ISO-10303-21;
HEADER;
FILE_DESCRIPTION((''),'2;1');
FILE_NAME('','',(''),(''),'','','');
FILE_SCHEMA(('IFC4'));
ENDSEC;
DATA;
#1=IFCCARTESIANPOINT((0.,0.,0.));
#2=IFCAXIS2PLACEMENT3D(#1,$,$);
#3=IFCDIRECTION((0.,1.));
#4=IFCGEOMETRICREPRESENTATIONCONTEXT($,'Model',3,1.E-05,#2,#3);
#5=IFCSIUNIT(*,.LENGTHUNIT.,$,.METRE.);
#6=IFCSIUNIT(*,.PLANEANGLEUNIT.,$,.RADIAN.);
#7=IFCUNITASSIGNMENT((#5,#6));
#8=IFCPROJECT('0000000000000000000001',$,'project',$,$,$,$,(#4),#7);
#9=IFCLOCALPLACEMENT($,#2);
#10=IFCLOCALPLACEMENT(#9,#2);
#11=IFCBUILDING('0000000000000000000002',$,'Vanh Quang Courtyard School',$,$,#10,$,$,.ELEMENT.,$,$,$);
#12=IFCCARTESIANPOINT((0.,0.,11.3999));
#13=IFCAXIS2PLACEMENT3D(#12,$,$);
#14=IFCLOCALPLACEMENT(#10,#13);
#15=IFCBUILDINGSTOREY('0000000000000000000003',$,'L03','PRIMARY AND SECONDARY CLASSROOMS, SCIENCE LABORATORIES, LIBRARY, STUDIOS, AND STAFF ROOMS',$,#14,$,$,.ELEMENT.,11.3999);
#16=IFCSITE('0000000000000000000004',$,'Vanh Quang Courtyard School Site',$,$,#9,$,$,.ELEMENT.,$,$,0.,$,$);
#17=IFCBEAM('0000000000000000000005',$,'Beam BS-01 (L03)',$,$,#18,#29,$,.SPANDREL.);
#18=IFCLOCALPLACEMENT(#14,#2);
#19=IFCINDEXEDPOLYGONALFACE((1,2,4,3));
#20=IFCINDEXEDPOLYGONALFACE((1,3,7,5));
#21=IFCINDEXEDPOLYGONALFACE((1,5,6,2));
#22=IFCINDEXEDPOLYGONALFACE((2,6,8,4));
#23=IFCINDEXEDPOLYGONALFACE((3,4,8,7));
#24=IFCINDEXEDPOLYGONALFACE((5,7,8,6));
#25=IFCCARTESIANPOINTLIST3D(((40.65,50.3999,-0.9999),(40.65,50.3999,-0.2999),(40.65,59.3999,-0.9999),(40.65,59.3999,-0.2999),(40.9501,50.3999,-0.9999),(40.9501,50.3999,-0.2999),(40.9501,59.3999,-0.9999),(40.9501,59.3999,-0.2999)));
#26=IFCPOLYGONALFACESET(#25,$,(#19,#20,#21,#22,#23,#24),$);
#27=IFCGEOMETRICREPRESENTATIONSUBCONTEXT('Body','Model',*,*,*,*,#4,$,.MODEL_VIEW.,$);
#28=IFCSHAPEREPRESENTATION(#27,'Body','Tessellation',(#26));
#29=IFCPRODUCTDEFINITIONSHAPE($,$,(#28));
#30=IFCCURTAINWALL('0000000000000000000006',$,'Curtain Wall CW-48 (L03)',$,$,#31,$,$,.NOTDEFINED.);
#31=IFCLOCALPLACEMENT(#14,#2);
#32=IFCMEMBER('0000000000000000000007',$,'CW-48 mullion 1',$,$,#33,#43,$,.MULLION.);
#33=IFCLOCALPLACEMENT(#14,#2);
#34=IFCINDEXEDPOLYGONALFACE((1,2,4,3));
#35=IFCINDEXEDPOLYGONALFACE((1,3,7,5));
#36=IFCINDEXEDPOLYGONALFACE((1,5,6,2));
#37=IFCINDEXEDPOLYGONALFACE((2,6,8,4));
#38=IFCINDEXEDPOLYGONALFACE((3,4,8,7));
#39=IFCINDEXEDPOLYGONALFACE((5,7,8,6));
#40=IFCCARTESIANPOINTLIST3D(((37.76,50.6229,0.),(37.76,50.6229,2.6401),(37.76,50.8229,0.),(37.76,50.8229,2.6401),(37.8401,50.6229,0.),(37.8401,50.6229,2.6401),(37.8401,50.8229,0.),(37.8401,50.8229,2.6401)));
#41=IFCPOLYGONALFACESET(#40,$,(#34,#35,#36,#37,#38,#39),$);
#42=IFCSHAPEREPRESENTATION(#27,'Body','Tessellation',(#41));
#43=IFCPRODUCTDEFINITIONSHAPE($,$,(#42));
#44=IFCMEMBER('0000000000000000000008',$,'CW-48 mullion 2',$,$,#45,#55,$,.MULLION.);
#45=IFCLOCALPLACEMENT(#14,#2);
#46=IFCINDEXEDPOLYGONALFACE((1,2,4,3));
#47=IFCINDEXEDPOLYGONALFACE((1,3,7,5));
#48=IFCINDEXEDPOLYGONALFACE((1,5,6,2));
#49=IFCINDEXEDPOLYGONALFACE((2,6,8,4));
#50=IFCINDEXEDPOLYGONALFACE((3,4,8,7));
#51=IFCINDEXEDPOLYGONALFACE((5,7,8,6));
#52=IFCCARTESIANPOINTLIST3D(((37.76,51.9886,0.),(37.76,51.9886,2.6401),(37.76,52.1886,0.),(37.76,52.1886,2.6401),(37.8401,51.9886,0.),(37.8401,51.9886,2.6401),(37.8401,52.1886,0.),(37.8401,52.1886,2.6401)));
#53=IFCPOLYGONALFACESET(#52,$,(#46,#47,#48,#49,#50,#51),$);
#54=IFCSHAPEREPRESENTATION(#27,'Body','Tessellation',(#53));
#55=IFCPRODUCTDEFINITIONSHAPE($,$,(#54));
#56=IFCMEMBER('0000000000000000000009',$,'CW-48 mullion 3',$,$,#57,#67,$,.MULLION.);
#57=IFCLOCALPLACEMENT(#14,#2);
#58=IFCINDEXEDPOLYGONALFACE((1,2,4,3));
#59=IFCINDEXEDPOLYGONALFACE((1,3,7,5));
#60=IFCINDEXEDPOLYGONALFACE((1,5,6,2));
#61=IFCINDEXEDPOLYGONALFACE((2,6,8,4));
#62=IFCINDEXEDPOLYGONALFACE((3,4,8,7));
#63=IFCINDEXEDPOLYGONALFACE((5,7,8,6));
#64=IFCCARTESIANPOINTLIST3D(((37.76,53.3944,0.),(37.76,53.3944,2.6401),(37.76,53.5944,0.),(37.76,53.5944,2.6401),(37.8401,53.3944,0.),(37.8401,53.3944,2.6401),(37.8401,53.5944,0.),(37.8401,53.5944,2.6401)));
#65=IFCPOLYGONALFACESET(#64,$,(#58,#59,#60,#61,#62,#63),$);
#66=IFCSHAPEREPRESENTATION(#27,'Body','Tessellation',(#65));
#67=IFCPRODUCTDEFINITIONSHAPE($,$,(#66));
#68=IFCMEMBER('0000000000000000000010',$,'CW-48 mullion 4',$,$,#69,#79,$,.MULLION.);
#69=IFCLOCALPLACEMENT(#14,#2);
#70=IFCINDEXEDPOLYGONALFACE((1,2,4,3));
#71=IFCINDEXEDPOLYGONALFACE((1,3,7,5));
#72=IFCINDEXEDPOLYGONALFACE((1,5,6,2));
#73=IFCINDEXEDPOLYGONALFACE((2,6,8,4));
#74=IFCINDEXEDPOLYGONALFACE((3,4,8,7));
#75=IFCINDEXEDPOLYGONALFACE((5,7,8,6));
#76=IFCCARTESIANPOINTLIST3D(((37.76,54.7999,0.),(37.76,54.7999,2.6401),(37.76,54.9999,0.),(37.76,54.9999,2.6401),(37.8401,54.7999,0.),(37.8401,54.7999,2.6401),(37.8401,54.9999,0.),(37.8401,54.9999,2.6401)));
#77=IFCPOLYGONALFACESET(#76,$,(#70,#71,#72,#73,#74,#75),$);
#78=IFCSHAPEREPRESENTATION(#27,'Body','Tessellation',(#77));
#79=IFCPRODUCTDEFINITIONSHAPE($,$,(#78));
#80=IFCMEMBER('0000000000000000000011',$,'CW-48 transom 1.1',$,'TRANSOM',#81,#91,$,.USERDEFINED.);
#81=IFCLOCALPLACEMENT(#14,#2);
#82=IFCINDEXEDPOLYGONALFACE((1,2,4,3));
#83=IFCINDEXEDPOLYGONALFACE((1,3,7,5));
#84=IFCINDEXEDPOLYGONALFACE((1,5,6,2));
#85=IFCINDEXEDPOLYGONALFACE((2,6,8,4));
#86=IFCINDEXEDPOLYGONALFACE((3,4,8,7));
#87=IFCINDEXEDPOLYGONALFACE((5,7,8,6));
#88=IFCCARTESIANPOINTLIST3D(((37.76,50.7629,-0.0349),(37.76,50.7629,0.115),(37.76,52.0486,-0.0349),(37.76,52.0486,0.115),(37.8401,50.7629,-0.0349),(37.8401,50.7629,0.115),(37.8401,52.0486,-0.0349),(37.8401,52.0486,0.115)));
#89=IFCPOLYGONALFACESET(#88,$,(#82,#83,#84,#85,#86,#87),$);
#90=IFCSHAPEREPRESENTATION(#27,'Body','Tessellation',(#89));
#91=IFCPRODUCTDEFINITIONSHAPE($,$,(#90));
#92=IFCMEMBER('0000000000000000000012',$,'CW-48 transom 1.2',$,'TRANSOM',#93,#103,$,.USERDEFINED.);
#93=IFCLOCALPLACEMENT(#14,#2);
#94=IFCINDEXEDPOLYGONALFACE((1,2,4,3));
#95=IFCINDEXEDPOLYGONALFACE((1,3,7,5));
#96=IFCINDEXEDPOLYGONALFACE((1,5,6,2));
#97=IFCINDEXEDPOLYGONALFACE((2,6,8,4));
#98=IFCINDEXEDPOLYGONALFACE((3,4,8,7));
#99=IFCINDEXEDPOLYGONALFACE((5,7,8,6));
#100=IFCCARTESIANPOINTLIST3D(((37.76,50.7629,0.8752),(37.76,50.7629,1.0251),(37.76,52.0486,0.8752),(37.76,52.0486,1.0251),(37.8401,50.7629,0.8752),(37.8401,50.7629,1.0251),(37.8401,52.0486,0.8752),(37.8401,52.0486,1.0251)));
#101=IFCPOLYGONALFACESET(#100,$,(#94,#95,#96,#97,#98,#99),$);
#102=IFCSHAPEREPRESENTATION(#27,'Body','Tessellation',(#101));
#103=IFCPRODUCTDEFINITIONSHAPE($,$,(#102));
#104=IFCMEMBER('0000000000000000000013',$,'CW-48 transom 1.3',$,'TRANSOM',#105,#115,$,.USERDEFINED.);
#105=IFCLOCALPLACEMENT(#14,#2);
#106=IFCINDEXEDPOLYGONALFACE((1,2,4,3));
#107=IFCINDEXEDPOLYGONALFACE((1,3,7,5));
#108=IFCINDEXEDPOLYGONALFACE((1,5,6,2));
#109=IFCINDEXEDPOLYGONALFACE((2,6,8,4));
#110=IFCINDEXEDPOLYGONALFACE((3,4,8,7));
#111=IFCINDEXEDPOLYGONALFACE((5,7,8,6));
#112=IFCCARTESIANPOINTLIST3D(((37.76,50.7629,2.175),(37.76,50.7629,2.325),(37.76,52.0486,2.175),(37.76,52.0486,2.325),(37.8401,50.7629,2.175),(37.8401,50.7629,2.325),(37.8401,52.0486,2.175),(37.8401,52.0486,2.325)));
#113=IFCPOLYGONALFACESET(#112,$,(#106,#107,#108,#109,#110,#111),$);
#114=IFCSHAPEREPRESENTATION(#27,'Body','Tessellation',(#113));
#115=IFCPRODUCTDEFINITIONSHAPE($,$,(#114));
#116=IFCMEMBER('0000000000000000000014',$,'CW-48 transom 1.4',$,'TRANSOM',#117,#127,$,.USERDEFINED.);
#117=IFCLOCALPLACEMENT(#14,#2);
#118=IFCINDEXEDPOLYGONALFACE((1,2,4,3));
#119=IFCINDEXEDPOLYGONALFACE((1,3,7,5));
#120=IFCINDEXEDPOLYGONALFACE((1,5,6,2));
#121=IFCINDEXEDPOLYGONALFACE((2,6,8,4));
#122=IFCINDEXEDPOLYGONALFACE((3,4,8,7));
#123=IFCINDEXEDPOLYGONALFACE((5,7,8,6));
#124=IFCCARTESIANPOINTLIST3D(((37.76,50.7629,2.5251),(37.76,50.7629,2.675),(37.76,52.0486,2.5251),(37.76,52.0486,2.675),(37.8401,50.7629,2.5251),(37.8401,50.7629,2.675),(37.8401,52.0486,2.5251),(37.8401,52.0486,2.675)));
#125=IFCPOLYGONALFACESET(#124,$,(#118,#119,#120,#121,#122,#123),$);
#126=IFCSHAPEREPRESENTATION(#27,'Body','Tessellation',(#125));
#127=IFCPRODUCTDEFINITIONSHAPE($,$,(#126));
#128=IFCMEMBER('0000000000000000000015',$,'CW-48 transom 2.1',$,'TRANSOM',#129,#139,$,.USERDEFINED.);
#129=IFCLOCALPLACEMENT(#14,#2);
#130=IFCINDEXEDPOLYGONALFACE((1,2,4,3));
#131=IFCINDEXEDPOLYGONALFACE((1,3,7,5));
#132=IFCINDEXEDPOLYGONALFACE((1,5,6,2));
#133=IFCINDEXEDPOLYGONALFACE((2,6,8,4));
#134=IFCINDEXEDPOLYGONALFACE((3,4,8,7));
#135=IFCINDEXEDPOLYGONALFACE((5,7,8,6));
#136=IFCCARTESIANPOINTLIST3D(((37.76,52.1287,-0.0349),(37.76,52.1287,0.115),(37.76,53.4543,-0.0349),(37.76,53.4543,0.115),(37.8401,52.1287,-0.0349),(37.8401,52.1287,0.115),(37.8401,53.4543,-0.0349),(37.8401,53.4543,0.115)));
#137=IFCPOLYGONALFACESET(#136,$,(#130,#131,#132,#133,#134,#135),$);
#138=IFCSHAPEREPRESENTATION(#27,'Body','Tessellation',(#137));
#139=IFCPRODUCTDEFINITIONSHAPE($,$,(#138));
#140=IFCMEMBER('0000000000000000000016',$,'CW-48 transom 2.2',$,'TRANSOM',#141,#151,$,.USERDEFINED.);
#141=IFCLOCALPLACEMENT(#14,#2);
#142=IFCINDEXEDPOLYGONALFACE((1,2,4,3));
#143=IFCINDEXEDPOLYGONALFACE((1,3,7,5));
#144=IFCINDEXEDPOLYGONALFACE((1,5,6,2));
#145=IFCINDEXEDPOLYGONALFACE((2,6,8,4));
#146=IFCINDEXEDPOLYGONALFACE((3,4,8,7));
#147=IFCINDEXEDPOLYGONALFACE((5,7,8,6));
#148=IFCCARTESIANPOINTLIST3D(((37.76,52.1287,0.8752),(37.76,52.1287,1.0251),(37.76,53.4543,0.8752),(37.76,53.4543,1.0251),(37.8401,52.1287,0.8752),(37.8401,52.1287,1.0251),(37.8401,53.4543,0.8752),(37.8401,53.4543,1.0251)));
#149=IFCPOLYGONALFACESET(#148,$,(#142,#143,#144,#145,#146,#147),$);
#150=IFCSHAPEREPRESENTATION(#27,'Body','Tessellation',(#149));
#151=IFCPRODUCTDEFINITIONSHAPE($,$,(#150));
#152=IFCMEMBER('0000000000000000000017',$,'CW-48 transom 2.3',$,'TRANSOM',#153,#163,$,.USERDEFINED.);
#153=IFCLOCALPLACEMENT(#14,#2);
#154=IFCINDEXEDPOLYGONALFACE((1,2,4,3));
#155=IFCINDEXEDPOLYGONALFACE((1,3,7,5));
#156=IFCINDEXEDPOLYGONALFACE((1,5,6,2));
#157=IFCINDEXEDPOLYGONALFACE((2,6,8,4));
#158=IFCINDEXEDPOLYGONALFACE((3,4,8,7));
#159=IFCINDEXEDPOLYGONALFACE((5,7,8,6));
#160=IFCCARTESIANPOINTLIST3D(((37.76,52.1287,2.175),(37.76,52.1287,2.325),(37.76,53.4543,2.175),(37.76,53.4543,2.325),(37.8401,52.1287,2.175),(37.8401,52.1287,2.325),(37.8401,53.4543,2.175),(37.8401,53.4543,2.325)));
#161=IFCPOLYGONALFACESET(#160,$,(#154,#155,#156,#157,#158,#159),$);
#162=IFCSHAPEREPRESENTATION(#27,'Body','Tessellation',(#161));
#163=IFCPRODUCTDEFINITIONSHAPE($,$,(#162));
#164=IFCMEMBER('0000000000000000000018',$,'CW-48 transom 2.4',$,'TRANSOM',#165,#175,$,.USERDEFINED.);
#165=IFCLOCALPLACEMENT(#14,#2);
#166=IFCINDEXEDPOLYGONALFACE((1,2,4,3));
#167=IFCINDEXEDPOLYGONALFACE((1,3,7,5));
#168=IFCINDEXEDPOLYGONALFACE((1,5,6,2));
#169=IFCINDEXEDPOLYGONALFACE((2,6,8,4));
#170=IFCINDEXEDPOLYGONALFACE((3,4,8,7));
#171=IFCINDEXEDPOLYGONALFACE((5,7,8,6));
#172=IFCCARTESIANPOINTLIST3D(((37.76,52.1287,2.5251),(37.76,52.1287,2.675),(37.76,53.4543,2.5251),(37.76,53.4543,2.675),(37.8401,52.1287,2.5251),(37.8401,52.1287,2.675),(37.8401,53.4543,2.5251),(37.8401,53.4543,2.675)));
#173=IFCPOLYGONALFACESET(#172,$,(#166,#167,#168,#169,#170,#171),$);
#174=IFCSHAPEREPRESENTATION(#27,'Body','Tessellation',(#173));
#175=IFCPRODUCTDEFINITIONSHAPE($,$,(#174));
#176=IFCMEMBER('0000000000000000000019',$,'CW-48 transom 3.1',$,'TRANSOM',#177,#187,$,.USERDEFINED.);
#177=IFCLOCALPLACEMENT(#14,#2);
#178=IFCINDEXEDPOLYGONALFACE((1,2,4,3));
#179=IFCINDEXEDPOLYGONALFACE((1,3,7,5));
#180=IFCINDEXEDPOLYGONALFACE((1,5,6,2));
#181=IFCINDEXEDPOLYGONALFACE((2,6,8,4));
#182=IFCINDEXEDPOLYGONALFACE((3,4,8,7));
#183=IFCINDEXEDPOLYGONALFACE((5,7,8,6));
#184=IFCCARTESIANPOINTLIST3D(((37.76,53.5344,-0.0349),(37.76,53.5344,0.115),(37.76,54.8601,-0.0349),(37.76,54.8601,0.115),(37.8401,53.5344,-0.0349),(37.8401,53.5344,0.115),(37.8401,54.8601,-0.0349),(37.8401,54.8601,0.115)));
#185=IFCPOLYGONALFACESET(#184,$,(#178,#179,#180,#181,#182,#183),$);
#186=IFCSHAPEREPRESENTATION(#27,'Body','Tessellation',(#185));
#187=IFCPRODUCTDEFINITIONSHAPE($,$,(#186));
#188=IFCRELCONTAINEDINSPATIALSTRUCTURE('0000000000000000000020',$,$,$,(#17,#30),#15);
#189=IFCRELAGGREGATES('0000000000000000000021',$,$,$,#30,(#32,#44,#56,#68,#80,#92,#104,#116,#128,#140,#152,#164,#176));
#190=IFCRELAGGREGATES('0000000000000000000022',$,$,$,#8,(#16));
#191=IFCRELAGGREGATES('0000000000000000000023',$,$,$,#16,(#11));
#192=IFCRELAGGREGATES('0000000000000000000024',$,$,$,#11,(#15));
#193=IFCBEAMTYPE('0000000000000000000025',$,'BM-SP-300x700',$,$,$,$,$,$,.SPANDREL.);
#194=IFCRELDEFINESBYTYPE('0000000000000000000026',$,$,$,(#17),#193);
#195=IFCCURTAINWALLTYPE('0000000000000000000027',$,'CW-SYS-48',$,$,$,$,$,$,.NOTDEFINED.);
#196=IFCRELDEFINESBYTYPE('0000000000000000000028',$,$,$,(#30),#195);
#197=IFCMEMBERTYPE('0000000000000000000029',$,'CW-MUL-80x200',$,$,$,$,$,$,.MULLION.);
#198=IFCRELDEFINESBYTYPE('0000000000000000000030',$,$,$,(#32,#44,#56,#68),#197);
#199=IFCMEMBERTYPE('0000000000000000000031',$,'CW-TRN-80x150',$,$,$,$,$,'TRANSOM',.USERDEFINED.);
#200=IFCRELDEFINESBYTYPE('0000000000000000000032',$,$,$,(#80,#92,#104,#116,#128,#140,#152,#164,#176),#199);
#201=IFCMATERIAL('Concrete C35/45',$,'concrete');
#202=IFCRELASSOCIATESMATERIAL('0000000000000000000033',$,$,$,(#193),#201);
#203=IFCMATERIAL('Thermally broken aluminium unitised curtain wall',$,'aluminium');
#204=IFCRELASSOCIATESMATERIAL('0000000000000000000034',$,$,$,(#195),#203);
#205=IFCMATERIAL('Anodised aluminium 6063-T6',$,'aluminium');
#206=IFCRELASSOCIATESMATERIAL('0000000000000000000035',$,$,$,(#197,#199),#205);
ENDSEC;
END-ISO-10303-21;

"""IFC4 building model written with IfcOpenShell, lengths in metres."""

from ifc_helpers import new_model, si_unit, direction, frame, origin, origin_2d, place, context, subcontext, project, spatial, rectangle, extrude, material, material_profile, profile_set, type_object, element, aggregate, save


model = new_model("IFC4")

# Units and contexts
model_context = context("Model", 3, precision=1e-05, world=origin(), true_north=direction((0.0, 1.0)))
body_context = subcontext(model_context, "Body", "Model", "MODEL_VIEW")
ifc_project = project(units=[si_unit("LENGTHUNIT", "METRE"), si_unit("PLANEANGLEUNIT", "RADIAN")], contexts=[model_context])

# Site, building, storey
site_placement = place(None, origin())
site = spatial("IfcSite", under=ifc_project, at=site_placement, Name="Vanh Quang Courtyard School Site", CompositionType="ELEMENT", RefElevation=0.0)
building_placement = place(site_placement, origin())
building = spatial("IfcBuilding", under=site, at=building_placement, Name="Vanh Quang Courtyard School", CompositionType="ELEMENT")
storey_placement = place(building_placement, frame((0.0, 0.0, 11.3999)))
storey = spatial("IfcBuildingStorey", under=building, at=storey_placement, Name="L03", Description="PRIMARY AND SECONDARY CLASSROOMS, SCIENCE LABORATORIES, LIBRARY, STUDIOS, AND STAFF ROOMS", CompositionType="ELEMENT", Elevation=11.3999)

# Beam
ifc_material_1 = material(Name="Concrete C35/45", Category="concrete")
ifc_material_profile_1 = material_profile(ifc_material_1, rectangle(XDim=0.3, YDim=0.7, at=origin_2d()), Name="RC-SP 300x700")
ifc_profile_set_1 = profile_set([ifc_material_profile_1], Name="Concrete C35/45")
beam_type = type_object("IfcBeamType", Name="BM-SP-300x700", PredefinedType="SPANDREL", material=ifc_profile_set_1)
beam_placement = place(storey_placement, frame((40.8, 50.3999, -0.6499), z_axis=(0.0, 1.0, 0.0), x_axis=(-1.0, 0.0, 0.0)))
element("IfcBeam", 1, at=beam_placement, inside=storey, type_object=beam_type, Name="Beam BS-01 (L03)", PredefinedType="SPANDREL", context=body_context, shape_type="SweptSolid", body=[
    extrude(rectangle(XDim=0.3, YDim=0.7, at=origin_2d()), origin(), (0.0, 0.0, 1.0), 9.0),
])

# Curtain wall, members
ifc_material_2 = material(Name="Thermally broken aluminium unitised curtain wall", Category="aluminium")
curtain_wall_type = type_object("IfcCurtainWallType", Name="CW-SYS-48", PredefinedType="NOTDEFINED", material=ifc_material_2)
curtain_wall_placement = place(storey_placement, origin())
curtain_wall = element("IfcCurtainWall", 2, at=curtain_wall_placement, inside=storey, type_object=curtain_wall_type, Name="Curtain Wall CW-48 (L03)", PredefinedType="NOTDEFINED")
ifc_material_3 = material(Name="Anodised aluminium 6063-T6", Category="aluminium")
ifc_material_profile_2 = material_profile(ifc_material_3, rectangle(XDim=0.0801, YDim=0.2, at=origin_2d()), Name="ALU-MUL 80x200")
ifc_profile_set_2 = profile_set([ifc_material_profile_2], Name="Anodised aluminium 6063-T6")
member_type_1 = type_object("IfcMemberType", Name="CW-MUL-80x200", PredefinedType="MULLION", material=ifc_profile_set_2)
member_1_placement = place(storey_placement, frame((37.8, 50.7229, 0.0), z_axis=(0.0, 0.0, 1.0), x_axis=(-1.0, 0.0, 0.0)))
member_1 = element("IfcMember", 3, at=member_1_placement, type_object=member_type_1, Name="CW-48 mullion 1", PredefinedType="MULLION", context=body_context, shape_type="SweptSolid", body=[
    extrude(rectangle(XDim=0.0801, YDim=0.2, at=origin_2d()), origin(), (0.0, 0.0, 1.0), 2.6401),
])
member_2_placement = place(storey_placement, frame((37.8, 52.0886, 0.0), z_axis=(0.0, 0.0, 1.0), x_axis=(-1.0, 0.0, 0.0)))
member_2 = element("IfcMember", 4, at=member_2_placement, type_object=member_type_1, Name="CW-48 mullion 2", PredefinedType="MULLION", context=body_context, shape_type="SweptSolid", body=[
    extrude(rectangle(XDim=0.0801, YDim=0.2, at=origin_2d()), origin(), (0.0, 0.0, 1.0), 2.6401),
])
member_3_placement = place(storey_placement, frame((37.8, 53.4944, 0.0), z_axis=(0.0, 0.0, 1.0), x_axis=(-1.0, 0.0, 0.0)))
member_3 = element("IfcMember", 5, at=member_3_placement, type_object=member_type_1, Name="CW-48 mullion 3", PredefinedType="MULLION", context=body_context, shape_type="SweptSolid", body=[
    extrude(rectangle(XDim=0.0801, YDim=0.2, at=origin_2d()), origin(), (0.0, 0.0, 1.0), 2.6401),
])
member_4_placement = place(storey_placement, frame((37.8, 54.8999, 0.0), z_axis=(0.0, 0.0, 1.0), x_axis=(-1.0, 0.0, 0.0)))
member_4 = element("IfcMember", 6, at=member_4_placement, type_object=member_type_1, Name="CW-48 mullion 4", PredefinedType="MULLION", context=body_context, shape_type="SweptSolid", body=[
    extrude(rectangle(XDim=0.0801, YDim=0.2, at=origin_2d()), origin(), (0.0, 0.0, 1.0), 2.6401),
])
ifc_material_profile_3 = material_profile(ifc_material_3, rectangle(XDim=0.0801, YDim=0.1499, at=origin_2d()), Name="ALU-TRN 80x150")
ifc_profile_set_3 = profile_set([ifc_material_profile_3], Name="Anodised aluminium 6063-T6")
member_type_2 = type_object("IfcMemberType", Name="CW-TRN-80x150", ElementType="TRANSOM", PredefinedType="USERDEFINED", material=ifc_profile_set_3)
member_5_placement = place(storey_placement, frame((37.8, 50.7629, 0.04), z_axis=(0.0, 1.0, 0.0), x_axis=(-1.0, 0.0, 0.0)))
member_5 = element("IfcMember", 7, at=member_5_placement, type_object=member_type_2, Name="CW-48 transom 1.1", ObjectType="TRANSOM", PredefinedType="USERDEFINED", context=body_context, shape_type="SweptSolid", body=[
    extrude(rectangle(XDim=0.0801, YDim=0.1499, at=origin_2d()), origin(), (0.0, 0.0, 1.0), 1.2856),
])
member_6_placement = place(storey_placement, frame((37.8, 50.7629, 0.9502), z_axis=(0.0, 1.0, 0.0), x_axis=(-1.0, 0.0, 0.0)))
member_6 = element("IfcMember", 8, at=member_6_placement, type_object=member_type_2, Name="CW-48 transom 1.2", ObjectType="TRANSOM", PredefinedType="USERDEFINED", context=body_context, shape_type="SweptSolid", body=[
    extrude(rectangle(XDim=0.0801, YDim=0.1499, at=origin_2d()), origin(), (0.0, 0.0, 1.0), 1.2856),
])
member_7_placement = place(storey_placement, frame((37.8, 50.7629, 2.25), z_axis=(0.0, 1.0, 0.0), x_axis=(-1.0, 0.0, 0.0)))
member_7 = element("IfcMember", 9, at=member_7_placement, type_object=member_type_2, Name="CW-48 transom 1.3", ObjectType="TRANSOM", PredefinedType="USERDEFINED", context=body_context, shape_type="SweptSolid", body=[
    extrude(rectangle(XDim=0.0801, YDim=0.1499, at=origin_2d()), origin(), (0.0, 0.0, 1.0), 1.2856),
])
member_8_placement = place(storey_placement, frame((37.8, 50.7629, 2.6001), z_axis=(0.0, 1.0, 0.0), x_axis=(-1.0, 0.0, 0.0)))
member_8 = element("IfcMember", 10, at=member_8_placement, type_object=member_type_2, Name="CW-48 transom 1.4", ObjectType="TRANSOM", PredefinedType="USERDEFINED", context=body_context, shape_type="SweptSolid", body=[
    extrude(rectangle(XDim=0.0801, YDim=0.1499, at=origin_2d()), origin(), (0.0, 0.0, 1.0), 1.2856),
])
member_9_placement = place(storey_placement, frame((37.8, 52.1287, 0.04), z_axis=(0.0, 1.0, 0.0), x_axis=(-1.0, 0.0, 0.0)))
member_9 = element("IfcMember", 11, at=member_9_placement, type_object=member_type_2, Name="CW-48 transom 2.1", ObjectType="TRANSOM", PredefinedType="USERDEFINED", context=body_context, shape_type="SweptSolid", body=[
    extrude(rectangle(XDim=0.0801, YDim=0.1499, at=origin_2d()), origin(), (0.0, 0.0, 1.0), 1.3257),
])
member_10_placement = place(storey_placement, frame((37.8, 52.1287, 0.9502), z_axis=(0.0, 1.0, 0.0), x_axis=(-1.0, 0.0, 0.0)))
member_10 = element("IfcMember", 12, at=member_10_placement, type_object=member_type_2, Name="CW-48 transom 2.2", ObjectType="TRANSOM", PredefinedType="USERDEFINED", context=body_context, shape_type="SweptSolid", body=[
    extrude(rectangle(XDim=0.0801, YDim=0.1499, at=origin_2d()), origin(), (0.0, 0.0, 1.0), 1.3257),
])
member_11_placement = place(storey_placement, frame((37.8, 52.1287, 2.25), z_axis=(0.0, 1.0, 0.0), x_axis=(-1.0, 0.0, 0.0)))
member_11 = element("IfcMember", 13, at=member_11_placement, type_object=member_type_2, Name="CW-48 transom 2.3", ObjectType="TRANSOM", PredefinedType="USERDEFINED", context=body_context, shape_type="SweptSolid", body=[
    extrude(rectangle(XDim=0.0801, YDim=0.1499, at=origin_2d()), origin(), (0.0, 0.0, 1.0), 1.3257),
])
member_12_placement = place(storey_placement, frame((37.8, 52.1287, 2.6001), z_axis=(0.0, 1.0, 0.0), x_axis=(-1.0, 0.0, 0.0)))
member_12 = element("IfcMember", 14, at=member_12_placement, type_object=member_type_2, Name="CW-48 transom 2.4", ObjectType="TRANSOM", PredefinedType="USERDEFINED", context=body_context, shape_type="SweptSolid", body=[
    extrude(rectangle(XDim=0.0801, YDim=0.1499, at=origin_2d()), origin(), (0.0, 0.0, 1.0), 1.3257),
])
member_13_placement = place(storey_placement, frame((37.8, 53.5344, 0.04), z_axis=(0.0, 1.0, 0.0), x_axis=(-1.0, 0.0, 0.0)))
member_13 = element("IfcMember", 15, at=member_13_placement, type_object=member_type_2, Name="CW-48 transom 3.1", ObjectType="TRANSOM", PredefinedType="USERDEFINED", context=body_context, shape_type="SweptSolid", body=[
    extrude(rectangle(XDim=0.0801, YDim=0.1499, at=origin_2d()), origin(), (0.0, 0.0, 1.0), 1.3257),
])
aggregate(curtain_wall, [member_1, member_2, member_3, member_4, member_5, member_6, member_7, member_8, member_9, member_10, member_11, member_12, member_13])

save(model, "model.ifc")
